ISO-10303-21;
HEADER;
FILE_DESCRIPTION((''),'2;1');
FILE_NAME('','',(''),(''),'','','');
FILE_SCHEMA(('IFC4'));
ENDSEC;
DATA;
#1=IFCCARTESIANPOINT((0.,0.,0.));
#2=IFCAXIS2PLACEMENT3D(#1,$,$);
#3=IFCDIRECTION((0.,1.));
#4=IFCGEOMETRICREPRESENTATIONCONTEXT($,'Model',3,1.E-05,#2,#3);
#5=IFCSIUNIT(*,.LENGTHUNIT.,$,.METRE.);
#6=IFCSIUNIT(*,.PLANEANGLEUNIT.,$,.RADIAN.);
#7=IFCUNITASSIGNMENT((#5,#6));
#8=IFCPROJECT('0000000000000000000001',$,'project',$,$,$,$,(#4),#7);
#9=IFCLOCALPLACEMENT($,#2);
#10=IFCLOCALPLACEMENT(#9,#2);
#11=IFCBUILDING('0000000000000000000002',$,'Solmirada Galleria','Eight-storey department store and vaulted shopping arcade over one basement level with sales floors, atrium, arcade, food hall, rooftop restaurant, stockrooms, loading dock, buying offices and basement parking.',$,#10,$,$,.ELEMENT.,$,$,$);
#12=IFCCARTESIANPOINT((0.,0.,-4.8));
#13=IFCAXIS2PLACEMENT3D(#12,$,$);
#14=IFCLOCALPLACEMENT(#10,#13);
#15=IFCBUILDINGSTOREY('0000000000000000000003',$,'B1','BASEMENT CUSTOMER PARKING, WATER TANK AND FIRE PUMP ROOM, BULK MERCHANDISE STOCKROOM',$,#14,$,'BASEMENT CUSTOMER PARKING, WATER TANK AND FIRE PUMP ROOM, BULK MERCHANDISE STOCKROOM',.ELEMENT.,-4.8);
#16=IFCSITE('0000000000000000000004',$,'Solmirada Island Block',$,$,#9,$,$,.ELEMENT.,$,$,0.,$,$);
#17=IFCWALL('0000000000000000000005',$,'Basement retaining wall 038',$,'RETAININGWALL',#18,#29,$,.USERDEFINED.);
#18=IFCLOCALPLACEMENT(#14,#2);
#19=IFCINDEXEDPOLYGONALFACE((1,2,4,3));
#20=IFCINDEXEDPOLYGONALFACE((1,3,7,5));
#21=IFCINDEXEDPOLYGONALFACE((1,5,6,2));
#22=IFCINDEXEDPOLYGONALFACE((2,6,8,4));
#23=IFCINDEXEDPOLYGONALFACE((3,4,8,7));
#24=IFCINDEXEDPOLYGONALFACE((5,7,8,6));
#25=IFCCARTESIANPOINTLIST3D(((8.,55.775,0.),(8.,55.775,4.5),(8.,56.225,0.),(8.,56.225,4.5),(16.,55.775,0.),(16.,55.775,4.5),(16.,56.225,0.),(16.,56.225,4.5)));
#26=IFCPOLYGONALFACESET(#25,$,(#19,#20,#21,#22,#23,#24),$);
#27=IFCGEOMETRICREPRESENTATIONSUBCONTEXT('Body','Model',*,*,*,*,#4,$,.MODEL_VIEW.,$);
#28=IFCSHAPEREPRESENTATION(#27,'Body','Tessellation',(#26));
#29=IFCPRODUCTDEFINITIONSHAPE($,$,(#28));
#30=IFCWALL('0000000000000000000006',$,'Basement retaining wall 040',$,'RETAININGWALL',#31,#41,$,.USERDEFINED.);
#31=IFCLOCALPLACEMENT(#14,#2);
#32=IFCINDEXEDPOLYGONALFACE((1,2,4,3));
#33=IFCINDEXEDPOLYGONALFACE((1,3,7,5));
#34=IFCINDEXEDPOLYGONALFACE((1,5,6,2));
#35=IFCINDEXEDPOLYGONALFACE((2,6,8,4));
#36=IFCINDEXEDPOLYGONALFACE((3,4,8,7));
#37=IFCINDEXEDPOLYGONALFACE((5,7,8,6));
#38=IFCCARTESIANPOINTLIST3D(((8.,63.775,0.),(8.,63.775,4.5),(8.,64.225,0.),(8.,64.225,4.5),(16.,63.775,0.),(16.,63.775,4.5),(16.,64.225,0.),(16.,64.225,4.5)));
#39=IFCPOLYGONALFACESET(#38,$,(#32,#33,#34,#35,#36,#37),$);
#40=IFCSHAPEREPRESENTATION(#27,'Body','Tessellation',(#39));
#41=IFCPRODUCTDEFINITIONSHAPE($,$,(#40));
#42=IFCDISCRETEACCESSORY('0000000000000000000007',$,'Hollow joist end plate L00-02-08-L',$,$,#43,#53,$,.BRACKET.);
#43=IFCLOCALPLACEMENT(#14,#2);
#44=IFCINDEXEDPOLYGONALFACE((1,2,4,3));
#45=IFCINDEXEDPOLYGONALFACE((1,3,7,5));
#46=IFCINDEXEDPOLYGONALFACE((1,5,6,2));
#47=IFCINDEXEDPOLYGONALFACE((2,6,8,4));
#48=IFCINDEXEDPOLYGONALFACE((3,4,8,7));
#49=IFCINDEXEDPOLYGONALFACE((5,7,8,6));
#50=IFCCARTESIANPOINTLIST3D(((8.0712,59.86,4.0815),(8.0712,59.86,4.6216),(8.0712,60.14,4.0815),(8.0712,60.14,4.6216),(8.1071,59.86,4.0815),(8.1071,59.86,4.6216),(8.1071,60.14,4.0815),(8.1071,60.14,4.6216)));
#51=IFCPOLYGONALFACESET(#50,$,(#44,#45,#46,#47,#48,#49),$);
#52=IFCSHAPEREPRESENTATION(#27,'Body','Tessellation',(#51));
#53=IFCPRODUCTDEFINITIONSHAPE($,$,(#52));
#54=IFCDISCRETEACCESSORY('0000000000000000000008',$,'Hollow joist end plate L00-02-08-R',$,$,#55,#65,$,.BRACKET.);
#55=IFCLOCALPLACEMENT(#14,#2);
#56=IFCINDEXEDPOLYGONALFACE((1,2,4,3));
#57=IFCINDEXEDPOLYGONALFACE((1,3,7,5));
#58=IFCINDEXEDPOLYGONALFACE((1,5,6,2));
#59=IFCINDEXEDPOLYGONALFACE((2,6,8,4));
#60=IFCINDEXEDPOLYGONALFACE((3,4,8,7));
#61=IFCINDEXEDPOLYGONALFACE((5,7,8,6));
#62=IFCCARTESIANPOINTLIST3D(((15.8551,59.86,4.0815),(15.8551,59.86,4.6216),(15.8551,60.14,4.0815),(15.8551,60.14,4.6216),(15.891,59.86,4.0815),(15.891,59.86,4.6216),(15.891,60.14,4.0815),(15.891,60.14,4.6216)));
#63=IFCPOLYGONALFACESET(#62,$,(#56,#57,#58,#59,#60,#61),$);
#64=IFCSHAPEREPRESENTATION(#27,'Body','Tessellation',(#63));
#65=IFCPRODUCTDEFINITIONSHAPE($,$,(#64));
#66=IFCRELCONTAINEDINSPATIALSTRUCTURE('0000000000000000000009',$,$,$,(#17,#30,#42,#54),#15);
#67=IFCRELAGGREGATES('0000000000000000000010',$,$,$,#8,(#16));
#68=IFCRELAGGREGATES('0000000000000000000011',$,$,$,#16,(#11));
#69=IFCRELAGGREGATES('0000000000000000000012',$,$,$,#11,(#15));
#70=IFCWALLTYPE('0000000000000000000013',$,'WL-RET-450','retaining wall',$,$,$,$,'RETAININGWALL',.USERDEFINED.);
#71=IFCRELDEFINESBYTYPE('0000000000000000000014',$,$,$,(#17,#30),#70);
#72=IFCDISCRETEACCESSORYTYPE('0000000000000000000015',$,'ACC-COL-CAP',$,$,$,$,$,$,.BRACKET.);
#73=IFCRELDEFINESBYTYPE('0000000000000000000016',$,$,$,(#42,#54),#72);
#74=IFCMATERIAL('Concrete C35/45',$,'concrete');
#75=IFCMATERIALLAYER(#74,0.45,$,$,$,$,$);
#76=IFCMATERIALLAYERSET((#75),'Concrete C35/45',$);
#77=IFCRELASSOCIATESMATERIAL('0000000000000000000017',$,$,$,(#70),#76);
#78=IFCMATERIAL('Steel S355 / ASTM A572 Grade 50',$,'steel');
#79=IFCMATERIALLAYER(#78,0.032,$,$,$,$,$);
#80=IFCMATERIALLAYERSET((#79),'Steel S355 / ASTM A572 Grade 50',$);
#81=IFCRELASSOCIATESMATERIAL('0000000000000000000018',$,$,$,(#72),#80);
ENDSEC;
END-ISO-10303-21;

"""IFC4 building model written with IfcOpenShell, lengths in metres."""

from ifc_helpers import new_model, si_unit, direction, frame, frame_2d, origin, origin_2d, place, context, subcontext, project, spatial, rectangle, extrude, material, layer, layer_set, type_object, element, save


model = new_model("IFC4")

# Units and contexts
model_context = context("Model", 3, precision=1e-05, world=origin(), true_north=direction((0.0, 1.0)))
body_context = subcontext(model_context, "Body", "Model", "MODEL_VIEW")
ifc_project = project(units=[si_unit("LENGTHUNIT", "METRE"), si_unit("PLANEANGLEUNIT", "RADIAN")], contexts=[model_context])

# Site, building, storey
site_placement = place(None, origin())
site = spatial("IfcSite", under=ifc_project, at=site_placement, Name="Solmirada Island Block", CompositionType="ELEMENT", RefElevation=0.0)
building_placement = place(site_placement, origin())
building = spatial("IfcBuilding", under=site, at=building_placement, Name="Solmirada Galleria", Description="Eight-storey department store and vaulted shopping arcade over one basement level with sales floors, atrium, arcade, food hall, rooftop restaurant, stockrooms, loading dock, buying offices and basement parking.", CompositionType="ELEMENT")
storey_placement = place(building_placement, frame((0.0, 0.0, -4.8)))
storey = spatial("IfcBuildingStorey", under=building, at=storey_placement, Name="B1", Description="BASEMENT CUSTOMER PARKING, WATER TANK AND FIRE PUMP ROOM, BULK MERCHANDISE STOCKROOM", LongName="BASEMENT CUSTOMER PARKING, WATER TANK AND FIRE PUMP ROOM, BULK MERCHANDISE STOCKROOM", CompositionType="ELEMENT", Elevation=-4.8)

# Shared definitions
ifc_material_1 = material(Name="Concrete C35/45", Category="concrete")

# Walls
ifc_layer_1 = layer(ifc_material_1, 0.45)
ifc_layer_set_1 = layer_set([ifc_layer_1], Name="Concrete C35/45")
wall_type_1 = type_object("IfcWallType", Name="WL-RET-450", Description="retaining wall", ElementType="RETAININGWALL", PredefinedType="USERDEFINED", material=ifc_layer_set_1)
for number, where, z_axis, x_axis, name in (
    (1, (16.0, 56.0, 0.0), (0.0, 0.0, 1.0), (-1.0, 0.0, 0.0), "Basement retaining wall 038"),
    (2, (8.0, 64.0, 0.0), (0.0, 0.0, 1.0), (1.0, 0.0, 0.0), "Basement retaining wall 040"),
):
    element("IfcWall", number, at=place(storey_placement, frame(where, z_axis=z_axis, x_axis=x_axis)), inside=storey, type_object=wall_type_1, Name=name, ObjectType="RETAININGWALL", PredefinedType="USERDEFINED", context=body_context, shape_type="SweptSolid", body=[
        extrude(rectangle(XDim=8.0, YDim=0.45, at=frame_2d((4.0, 0.0))), origin(), (0.0, 0.0, 1.0), 4.5),
    ])

# Discrete accessories
ifc_material_2 = material(Name="Steel S355 / ASTM A572 Grade 50", Category="steel")
ifc_layer_2 = layer(ifc_material_2, 0.032)
ifc_layer_set_2 = layer_set([ifc_layer_2], Name="Steel S355 / ASTM A572 Grade 50")
discrete_accessory_type = type_object("IfcDiscreteAccessoryType", Name="ACC-COL-CAP", PredefinedType="BRACKET", material=ifc_layer_set_2)
for number, where, z_axis, x_axis, name in (
    (3, (8.0891, 60.0, 4.0815), (0.0, 0.0, 1.0), (1.0, 0.0, 0.0), "Hollow joist end plate L00-02-08-L"),
    (4, (15.873, 60.0, 4.0815), (0.0, 0.0, 1.0), (1.0, 0.0, 0.0), "Hollow joist end plate L00-02-08-R"),
):
    element("IfcDiscreteAccessory", number, at=place(storey_placement, frame(where, z_axis=z_axis, x_axis=x_axis)), inside=storey, type_object=discrete_accessory_type, Name=name, PredefinedType="BRACKET", context=body_context, shape_type="SweptSolid", body=[
        extrude(rectangle(XDim=0.0359, YDim=0.28, at=origin_2d()), origin(), (0.0, 0.0, 1.0), 0.54),
    ])

save(model, "model.ifc")
